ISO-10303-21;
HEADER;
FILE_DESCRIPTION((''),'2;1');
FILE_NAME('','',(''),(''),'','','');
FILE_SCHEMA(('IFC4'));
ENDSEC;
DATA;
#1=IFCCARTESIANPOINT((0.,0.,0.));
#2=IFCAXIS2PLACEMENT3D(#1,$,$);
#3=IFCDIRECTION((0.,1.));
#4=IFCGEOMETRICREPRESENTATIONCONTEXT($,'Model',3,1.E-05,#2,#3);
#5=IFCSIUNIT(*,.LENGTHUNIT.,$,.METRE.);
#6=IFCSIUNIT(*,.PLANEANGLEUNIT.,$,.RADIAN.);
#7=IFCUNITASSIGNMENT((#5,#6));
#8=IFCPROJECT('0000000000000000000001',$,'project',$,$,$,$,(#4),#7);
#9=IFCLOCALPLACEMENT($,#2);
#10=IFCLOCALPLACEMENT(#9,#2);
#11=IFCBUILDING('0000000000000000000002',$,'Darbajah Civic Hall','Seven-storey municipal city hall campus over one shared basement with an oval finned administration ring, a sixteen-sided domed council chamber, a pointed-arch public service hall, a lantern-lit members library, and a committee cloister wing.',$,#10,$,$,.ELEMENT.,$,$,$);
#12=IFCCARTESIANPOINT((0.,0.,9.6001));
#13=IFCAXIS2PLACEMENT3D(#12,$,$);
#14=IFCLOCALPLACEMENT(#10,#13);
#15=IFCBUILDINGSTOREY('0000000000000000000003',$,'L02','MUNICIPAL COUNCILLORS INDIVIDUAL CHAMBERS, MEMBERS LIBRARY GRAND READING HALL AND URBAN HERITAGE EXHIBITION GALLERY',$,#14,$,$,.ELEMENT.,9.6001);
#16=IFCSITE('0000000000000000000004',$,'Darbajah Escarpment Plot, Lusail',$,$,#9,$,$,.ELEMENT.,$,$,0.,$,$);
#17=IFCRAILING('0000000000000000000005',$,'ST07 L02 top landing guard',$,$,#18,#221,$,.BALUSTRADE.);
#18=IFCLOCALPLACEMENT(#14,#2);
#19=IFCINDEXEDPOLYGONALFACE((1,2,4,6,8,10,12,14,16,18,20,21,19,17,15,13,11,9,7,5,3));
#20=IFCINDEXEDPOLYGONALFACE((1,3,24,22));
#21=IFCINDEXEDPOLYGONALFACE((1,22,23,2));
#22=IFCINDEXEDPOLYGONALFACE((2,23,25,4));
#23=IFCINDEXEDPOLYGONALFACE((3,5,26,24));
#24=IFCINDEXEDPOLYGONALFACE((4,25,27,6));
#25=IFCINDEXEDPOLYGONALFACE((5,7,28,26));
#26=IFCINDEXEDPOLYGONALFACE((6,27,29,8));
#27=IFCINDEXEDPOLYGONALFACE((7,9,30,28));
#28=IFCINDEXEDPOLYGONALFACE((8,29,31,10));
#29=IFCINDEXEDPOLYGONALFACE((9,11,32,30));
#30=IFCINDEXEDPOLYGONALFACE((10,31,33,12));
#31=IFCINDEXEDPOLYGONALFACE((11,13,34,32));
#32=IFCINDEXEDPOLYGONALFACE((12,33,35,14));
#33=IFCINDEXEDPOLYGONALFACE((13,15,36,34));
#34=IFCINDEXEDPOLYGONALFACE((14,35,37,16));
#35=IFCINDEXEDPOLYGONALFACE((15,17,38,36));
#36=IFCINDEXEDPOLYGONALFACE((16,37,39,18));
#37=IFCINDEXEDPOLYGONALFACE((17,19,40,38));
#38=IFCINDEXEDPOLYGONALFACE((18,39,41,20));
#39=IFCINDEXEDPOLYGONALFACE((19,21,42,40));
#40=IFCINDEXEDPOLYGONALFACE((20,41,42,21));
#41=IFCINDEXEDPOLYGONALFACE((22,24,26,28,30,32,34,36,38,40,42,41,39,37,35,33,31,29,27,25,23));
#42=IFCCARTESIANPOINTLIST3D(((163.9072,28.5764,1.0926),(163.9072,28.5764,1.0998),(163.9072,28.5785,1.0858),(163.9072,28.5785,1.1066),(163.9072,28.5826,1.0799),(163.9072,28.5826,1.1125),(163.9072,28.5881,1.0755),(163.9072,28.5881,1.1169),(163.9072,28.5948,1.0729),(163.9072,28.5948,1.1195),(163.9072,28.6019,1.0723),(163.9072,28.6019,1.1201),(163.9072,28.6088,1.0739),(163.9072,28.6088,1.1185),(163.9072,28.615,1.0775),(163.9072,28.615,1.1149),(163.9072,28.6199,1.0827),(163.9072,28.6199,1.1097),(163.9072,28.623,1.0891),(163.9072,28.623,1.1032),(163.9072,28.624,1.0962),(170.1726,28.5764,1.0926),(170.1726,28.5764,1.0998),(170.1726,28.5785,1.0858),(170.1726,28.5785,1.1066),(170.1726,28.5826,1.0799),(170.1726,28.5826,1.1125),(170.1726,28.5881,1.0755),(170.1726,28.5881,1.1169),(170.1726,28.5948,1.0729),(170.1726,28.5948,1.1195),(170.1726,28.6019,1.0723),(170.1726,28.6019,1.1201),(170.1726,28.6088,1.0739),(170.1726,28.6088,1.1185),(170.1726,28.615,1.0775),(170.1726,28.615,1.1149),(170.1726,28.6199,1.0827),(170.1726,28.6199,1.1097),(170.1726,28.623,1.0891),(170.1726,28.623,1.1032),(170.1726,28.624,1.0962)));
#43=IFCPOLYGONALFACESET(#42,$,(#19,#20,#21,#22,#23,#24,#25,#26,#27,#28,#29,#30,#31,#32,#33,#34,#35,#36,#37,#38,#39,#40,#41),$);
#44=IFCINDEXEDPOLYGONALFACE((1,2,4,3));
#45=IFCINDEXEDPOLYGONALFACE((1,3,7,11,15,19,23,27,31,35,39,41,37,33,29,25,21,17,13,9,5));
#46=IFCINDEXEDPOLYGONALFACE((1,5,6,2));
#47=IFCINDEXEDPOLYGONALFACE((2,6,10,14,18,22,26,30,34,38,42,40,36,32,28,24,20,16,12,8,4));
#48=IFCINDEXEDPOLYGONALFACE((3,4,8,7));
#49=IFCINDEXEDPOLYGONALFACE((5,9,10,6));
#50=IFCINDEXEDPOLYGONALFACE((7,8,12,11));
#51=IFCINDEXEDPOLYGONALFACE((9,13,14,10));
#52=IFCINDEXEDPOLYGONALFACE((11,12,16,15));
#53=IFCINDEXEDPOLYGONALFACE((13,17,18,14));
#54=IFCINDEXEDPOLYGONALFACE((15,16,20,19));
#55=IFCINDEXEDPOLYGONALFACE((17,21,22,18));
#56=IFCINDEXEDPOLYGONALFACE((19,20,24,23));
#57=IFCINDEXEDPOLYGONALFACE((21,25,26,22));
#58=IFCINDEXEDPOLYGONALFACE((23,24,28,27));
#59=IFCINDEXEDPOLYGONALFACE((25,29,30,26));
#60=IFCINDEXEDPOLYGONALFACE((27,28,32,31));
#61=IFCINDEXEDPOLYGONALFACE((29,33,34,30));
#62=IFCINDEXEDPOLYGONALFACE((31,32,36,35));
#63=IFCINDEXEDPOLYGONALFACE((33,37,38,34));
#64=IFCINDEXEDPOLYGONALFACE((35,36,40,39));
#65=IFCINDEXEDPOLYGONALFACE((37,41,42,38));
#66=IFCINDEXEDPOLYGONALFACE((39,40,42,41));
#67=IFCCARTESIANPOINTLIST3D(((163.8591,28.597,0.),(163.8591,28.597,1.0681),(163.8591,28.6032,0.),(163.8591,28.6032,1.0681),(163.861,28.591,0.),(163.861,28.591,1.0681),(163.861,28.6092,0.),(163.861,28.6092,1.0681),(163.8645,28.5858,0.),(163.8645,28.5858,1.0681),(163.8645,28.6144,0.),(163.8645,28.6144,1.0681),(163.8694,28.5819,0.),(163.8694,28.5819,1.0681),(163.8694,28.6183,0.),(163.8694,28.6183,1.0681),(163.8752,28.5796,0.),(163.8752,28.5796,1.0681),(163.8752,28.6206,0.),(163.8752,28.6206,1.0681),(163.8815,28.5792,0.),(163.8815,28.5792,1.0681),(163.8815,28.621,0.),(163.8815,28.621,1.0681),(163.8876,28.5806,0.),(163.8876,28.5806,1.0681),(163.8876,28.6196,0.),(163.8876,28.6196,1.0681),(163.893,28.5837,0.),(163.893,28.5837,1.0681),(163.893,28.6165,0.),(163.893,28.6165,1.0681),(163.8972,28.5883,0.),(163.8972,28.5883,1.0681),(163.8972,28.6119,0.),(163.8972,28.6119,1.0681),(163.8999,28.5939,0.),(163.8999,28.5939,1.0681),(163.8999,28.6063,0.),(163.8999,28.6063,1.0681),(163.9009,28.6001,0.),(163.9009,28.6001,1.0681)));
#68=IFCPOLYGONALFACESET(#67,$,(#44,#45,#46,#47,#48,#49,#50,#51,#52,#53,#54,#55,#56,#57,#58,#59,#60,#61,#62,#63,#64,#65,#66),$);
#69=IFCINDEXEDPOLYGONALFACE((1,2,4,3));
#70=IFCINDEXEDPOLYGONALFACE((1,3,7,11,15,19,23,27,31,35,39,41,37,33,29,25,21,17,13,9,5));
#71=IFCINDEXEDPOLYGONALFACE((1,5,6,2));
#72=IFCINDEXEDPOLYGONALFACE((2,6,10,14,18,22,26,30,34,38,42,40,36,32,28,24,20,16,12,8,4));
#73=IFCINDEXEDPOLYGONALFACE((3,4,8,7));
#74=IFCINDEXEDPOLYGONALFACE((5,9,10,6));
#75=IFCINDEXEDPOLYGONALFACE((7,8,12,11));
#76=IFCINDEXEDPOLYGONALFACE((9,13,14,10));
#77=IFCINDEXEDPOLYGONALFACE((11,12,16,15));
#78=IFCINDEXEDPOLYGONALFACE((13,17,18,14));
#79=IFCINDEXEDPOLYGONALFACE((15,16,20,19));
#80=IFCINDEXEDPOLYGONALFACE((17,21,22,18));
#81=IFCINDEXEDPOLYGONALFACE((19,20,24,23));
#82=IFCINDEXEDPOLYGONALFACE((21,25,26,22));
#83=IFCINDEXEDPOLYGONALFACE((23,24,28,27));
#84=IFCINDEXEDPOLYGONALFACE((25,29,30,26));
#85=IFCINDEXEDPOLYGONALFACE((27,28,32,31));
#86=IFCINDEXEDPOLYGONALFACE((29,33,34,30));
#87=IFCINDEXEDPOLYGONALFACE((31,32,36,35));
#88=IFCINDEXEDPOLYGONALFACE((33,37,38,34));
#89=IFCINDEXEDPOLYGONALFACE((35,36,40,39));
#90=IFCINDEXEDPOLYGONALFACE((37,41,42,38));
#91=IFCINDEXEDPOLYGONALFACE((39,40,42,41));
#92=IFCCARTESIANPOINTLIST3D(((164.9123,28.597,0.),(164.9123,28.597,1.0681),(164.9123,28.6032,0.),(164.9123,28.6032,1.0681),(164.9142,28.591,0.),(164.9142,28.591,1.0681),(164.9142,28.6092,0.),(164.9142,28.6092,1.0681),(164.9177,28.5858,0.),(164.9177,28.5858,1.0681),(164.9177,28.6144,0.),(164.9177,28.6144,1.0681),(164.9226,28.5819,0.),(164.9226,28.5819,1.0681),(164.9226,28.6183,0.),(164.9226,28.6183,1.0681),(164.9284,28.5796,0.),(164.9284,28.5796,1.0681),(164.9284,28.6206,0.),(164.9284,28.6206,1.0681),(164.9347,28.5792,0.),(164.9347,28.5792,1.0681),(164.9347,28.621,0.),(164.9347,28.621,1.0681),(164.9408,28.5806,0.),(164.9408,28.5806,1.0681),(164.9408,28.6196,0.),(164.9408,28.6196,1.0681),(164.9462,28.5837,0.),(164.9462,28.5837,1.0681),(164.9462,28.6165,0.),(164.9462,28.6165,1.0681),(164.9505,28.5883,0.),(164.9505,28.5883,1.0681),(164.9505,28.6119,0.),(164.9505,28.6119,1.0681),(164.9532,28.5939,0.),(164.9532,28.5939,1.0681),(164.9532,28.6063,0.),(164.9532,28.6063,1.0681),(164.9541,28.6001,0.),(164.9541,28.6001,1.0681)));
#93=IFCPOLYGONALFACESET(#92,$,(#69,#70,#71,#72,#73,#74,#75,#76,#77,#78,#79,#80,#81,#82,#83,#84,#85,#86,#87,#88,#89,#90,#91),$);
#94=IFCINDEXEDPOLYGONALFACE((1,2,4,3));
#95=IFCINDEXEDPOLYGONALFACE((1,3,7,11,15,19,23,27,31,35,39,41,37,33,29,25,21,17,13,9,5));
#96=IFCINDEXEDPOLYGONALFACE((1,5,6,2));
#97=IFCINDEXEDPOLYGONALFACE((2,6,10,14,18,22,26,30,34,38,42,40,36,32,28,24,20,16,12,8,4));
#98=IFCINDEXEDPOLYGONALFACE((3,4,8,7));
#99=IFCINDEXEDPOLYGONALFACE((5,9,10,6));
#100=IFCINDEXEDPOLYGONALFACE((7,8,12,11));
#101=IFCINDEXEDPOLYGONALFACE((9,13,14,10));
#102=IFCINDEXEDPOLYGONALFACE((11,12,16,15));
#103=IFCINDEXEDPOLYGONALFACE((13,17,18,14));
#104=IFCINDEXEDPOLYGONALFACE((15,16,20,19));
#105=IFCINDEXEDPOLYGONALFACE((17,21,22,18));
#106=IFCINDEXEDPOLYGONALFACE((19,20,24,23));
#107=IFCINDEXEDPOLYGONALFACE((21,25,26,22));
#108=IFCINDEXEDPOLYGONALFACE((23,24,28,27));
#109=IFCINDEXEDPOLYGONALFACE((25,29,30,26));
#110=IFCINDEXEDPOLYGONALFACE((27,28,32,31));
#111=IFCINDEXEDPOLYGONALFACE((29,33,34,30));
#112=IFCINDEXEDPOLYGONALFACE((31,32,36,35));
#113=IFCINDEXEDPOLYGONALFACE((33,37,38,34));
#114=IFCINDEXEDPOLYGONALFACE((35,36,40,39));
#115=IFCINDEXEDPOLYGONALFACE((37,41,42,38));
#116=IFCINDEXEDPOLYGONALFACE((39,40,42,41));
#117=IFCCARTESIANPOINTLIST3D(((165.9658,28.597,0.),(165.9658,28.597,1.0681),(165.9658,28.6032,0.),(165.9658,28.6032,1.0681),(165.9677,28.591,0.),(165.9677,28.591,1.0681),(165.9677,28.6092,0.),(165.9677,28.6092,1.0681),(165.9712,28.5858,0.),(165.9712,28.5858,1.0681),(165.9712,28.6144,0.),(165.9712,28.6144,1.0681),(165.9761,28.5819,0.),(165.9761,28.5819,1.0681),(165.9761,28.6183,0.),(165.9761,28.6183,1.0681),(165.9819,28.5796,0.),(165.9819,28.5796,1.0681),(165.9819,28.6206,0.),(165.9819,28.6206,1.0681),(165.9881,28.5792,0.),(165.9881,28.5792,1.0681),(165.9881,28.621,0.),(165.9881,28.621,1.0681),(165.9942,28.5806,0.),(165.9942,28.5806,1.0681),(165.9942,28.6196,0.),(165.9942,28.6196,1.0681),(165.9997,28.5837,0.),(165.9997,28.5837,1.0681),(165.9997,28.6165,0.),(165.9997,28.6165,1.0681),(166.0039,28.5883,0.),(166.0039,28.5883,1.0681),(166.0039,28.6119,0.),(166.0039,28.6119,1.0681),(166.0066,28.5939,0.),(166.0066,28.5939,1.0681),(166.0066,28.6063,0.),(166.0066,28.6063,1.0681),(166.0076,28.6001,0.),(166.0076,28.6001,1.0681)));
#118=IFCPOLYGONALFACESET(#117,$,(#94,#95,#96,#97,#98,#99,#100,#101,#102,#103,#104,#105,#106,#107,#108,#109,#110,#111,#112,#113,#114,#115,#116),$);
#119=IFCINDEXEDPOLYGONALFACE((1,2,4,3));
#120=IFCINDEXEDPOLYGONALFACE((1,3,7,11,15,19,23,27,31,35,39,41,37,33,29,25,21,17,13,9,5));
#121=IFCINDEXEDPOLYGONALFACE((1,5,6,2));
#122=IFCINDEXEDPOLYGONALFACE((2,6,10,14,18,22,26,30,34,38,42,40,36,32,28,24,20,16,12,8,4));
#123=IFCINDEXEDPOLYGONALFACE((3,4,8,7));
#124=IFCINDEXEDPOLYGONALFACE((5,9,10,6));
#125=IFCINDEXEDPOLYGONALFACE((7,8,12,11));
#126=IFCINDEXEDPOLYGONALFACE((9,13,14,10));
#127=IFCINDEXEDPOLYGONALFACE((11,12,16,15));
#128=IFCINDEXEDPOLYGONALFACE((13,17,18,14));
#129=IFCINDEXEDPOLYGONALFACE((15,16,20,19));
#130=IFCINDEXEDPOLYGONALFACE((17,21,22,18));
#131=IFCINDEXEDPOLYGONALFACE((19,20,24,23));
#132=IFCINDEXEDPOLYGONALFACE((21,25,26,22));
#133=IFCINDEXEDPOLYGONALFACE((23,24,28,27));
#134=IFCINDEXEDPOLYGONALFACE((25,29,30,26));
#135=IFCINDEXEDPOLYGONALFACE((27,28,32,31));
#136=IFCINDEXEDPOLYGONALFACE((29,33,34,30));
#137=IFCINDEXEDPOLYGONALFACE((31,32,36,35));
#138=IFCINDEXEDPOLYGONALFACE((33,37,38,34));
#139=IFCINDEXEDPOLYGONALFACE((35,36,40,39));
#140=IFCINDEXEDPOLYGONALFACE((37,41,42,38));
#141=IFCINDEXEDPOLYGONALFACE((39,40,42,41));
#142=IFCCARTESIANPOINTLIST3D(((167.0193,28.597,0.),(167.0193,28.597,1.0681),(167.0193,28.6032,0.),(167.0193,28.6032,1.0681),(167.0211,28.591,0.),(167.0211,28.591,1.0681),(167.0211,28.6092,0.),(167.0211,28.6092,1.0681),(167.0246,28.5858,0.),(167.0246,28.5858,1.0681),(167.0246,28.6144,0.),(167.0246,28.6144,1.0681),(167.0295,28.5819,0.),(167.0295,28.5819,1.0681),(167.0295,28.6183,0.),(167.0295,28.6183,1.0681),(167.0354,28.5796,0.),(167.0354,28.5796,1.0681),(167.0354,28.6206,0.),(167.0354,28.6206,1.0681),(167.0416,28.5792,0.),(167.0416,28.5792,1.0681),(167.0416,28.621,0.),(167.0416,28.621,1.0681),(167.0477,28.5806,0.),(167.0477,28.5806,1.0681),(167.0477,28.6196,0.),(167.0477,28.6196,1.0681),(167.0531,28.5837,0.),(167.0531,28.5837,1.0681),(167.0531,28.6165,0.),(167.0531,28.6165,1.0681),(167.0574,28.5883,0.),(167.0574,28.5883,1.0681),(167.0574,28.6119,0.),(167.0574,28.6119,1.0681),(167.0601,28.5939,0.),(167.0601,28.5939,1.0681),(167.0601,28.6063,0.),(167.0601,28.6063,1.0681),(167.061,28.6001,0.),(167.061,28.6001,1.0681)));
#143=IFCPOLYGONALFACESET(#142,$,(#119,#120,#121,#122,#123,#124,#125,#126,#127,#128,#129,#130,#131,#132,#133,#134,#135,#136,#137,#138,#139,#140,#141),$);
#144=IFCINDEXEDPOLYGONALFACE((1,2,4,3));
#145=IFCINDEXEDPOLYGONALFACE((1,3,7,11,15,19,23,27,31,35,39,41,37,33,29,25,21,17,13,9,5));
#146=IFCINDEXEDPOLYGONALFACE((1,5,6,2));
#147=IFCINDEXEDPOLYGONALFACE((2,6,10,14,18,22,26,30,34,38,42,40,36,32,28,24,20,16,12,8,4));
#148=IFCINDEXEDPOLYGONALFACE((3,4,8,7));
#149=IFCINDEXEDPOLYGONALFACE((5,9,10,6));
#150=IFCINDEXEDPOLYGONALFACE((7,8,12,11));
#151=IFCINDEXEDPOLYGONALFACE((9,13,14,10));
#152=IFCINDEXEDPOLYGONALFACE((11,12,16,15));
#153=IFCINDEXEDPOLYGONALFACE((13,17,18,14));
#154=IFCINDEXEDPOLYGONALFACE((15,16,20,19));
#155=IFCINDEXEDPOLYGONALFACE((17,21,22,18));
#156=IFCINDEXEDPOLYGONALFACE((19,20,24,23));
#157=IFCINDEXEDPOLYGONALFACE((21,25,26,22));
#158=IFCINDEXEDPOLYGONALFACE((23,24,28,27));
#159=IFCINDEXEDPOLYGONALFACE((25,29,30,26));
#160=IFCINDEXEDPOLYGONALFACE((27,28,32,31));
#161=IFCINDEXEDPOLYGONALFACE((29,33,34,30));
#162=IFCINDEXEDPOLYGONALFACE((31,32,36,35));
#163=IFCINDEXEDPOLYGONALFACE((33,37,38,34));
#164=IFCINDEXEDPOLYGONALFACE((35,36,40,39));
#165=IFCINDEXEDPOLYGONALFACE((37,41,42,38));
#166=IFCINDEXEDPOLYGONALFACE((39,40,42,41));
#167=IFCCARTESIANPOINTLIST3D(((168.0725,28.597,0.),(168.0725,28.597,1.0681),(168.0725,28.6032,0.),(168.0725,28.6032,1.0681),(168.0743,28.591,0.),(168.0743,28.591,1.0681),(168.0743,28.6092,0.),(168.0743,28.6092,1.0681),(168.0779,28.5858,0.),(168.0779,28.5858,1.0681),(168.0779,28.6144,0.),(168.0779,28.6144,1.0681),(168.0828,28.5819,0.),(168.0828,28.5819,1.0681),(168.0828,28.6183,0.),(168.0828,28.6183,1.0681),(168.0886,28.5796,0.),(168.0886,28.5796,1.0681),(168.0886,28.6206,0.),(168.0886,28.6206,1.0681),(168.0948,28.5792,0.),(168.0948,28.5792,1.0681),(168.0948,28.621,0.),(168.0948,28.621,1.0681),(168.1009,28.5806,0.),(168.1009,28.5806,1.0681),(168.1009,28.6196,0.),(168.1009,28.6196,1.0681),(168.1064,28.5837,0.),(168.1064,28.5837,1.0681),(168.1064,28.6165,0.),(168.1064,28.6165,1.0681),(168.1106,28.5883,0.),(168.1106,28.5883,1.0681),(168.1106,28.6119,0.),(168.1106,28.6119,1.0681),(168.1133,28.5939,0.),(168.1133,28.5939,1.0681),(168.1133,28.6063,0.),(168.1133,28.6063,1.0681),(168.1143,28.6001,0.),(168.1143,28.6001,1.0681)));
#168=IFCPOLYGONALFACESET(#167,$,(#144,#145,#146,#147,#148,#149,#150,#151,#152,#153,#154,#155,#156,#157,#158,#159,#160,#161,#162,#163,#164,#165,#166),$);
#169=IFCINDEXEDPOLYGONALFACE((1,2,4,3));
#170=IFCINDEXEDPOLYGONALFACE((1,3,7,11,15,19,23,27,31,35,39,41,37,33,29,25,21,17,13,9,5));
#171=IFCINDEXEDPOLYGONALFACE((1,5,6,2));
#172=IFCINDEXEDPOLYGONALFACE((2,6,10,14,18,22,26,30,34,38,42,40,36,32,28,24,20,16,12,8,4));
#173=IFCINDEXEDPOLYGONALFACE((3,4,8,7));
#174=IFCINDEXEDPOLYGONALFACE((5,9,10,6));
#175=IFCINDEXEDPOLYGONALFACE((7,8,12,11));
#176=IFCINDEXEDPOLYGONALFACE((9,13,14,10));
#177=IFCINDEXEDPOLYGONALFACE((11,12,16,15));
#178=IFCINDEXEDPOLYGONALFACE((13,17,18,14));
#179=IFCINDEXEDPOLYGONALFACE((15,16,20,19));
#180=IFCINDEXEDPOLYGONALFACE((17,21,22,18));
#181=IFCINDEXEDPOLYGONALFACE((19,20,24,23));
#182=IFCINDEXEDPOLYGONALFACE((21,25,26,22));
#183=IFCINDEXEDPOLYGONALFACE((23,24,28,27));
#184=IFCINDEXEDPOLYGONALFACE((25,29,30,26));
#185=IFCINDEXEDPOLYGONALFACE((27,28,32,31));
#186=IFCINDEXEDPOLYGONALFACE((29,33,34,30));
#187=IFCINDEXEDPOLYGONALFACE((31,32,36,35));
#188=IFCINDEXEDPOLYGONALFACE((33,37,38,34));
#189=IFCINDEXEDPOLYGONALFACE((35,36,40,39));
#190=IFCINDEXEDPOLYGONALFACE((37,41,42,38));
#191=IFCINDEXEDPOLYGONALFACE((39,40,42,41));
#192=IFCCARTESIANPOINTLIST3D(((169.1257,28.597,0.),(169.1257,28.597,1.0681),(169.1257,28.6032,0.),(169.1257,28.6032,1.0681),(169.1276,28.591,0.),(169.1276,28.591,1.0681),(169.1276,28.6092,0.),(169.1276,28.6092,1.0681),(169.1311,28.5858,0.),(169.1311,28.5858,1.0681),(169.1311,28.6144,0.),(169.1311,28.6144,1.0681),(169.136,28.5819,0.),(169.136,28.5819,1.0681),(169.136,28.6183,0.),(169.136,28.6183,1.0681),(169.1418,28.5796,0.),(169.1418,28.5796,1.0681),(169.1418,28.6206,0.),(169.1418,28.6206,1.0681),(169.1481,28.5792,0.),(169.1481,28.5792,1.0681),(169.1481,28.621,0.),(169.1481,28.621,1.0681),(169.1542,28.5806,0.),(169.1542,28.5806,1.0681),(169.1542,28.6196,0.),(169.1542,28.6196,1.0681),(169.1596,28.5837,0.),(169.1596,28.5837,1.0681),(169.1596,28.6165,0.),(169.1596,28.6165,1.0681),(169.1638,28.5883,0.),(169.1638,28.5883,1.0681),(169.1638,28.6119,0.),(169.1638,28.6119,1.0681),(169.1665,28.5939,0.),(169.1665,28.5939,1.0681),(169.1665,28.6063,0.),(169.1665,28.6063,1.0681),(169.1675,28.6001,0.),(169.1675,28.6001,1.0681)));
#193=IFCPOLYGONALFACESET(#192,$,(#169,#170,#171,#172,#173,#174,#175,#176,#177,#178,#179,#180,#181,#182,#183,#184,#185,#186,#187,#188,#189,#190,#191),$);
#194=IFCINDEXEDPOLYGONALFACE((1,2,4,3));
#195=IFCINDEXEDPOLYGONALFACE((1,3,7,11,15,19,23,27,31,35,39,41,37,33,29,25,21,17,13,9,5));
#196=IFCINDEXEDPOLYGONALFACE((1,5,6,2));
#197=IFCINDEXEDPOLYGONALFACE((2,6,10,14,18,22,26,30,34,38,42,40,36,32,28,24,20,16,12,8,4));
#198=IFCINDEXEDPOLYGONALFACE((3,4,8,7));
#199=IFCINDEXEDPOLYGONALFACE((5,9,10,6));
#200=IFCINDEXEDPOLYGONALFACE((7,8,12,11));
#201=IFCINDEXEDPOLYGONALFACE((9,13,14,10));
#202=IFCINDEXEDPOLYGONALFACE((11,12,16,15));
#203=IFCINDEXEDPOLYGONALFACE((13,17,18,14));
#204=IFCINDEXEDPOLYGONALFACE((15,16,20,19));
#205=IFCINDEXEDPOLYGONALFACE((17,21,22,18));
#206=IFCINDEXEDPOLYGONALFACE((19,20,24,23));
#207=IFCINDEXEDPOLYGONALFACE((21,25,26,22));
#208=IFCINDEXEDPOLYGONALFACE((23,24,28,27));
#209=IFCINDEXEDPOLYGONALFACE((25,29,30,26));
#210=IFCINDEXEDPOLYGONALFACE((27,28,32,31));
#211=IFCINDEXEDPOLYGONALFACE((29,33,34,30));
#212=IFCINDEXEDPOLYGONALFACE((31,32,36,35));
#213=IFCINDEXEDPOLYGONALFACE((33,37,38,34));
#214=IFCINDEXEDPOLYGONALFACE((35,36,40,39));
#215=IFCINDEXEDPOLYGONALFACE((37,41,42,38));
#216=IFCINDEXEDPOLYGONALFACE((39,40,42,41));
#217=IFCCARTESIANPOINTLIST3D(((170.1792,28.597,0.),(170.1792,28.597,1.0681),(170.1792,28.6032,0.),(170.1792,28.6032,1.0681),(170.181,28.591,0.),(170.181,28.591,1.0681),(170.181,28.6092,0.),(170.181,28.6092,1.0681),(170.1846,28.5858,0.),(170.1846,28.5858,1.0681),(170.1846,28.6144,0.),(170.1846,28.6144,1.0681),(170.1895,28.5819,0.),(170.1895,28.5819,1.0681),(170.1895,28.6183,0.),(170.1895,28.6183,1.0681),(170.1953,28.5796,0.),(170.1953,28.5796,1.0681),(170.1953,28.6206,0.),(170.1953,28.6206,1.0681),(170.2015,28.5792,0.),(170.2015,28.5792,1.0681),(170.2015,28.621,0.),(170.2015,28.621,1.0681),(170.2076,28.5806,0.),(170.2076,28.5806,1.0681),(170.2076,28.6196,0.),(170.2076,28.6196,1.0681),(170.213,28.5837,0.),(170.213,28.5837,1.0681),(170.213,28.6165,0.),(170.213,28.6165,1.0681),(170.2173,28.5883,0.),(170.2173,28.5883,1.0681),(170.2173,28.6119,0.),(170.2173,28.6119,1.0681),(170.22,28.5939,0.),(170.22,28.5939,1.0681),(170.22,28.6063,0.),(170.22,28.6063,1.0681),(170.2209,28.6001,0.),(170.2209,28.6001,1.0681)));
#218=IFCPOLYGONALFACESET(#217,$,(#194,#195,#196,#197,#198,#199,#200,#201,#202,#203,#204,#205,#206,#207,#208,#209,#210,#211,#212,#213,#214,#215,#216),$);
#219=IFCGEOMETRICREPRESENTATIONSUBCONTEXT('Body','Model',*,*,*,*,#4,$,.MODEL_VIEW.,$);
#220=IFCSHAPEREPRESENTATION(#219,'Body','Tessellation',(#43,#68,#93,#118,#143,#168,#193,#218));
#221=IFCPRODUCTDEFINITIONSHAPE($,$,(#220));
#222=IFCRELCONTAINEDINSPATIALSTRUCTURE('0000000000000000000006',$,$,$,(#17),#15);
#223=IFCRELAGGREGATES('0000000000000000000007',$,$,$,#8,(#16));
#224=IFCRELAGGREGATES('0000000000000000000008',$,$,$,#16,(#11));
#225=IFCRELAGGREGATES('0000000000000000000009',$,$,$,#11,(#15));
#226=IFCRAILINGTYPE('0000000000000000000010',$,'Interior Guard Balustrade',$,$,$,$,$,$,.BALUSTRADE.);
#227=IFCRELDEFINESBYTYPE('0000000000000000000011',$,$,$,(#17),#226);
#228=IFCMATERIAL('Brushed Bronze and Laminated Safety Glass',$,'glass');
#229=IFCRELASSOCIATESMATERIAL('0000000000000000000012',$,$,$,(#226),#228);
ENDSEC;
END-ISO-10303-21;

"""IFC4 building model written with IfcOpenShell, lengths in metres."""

from ifc_helpers import new_model, si_unit, direction, frame, origin, origin_2d, place, context, subcontext, project, spatial, circle, extrude, material, type_object, element, save


model = new_model("IFC4")

# Units and contexts
model_context = context("Model", 3, precision=1e-05, world=origin(), true_north=direction((0.0, 1.0)))
body_context = subcontext(model_context, "Body", "Model", "MODEL_VIEW")
ifc_project = project(units=[si_unit("LENGTHUNIT", "METRE"), si_unit("PLANEANGLEUNIT", "RADIAN")], contexts=[model_context])

# Site, building, storey
site_placement = place(None, origin())
site = spatial("IfcSite", under=ifc_project, at=site_placement, Name="Darbajah Escarpment Plot, Lusail", CompositionType="ELEMENT", RefElevation=0.0)
building_placement = place(site_placement, origin())
building = spatial("IfcBuilding", under=site, at=building_placement, Name="Darbajah Civic Hall", Description="Seven-storey municipal city hall campus over one shared basement with an oval finned administration ring, a sixteen-sided domed council chamber, a pointed-arch public service hall, a lantern-lit members library, and a committee cloister wing.", CompositionType="ELEMENT")
storey_placement = place(building_placement, frame((0.0, 0.0, 9.6001)))
storey = spatial("IfcBuildingStorey", under=building, at=storey_placement, Name="L02", Description="MUNICIPAL COUNCILLORS INDIVIDUAL CHAMBERS, MEMBERS LIBRARY GRAND READING HALL AND URBAN HERITAGE EXHIBITION GALLERY", CompositionType="ELEMENT", Elevation=9.6001)

# Railing
ifc_material_1 = material(Name="Brushed Bronze and Laminated Safety Glass", Category="glass")
railing_type = type_object("IfcRailingType", Name="Interior Guard Balustrade", PredefinedType="BALUSTRADE", material=ifc_material_1)
railing_1_placement = place(storey_placement, frame((163.8799, 28.6001, 0.0)))
element("IfcRailing", 1, at=railing_1_placement, inside=storey, type_object=railing_type, Name="ST07 L02 top landing guard", PredefinedType="BALUSTRADE", context=body_context, shape_type="SweptSolid", body=[
    extrude(circle(Radius=0.0239, at=origin_2d()), frame((0.0273, 0.0, 1.0962), z_axis=(1.0, 0.0, 0.0), x_axis=(0.0, 1.0, 0.0)), (0.0, 0.0, 1.0), 6.2654),
    extrude(circle(Radius=0.021, at=origin_2d()), origin(), (0.0, 0.0, 1.0), 1.0681),
    extrude(circle(Radius=0.021, at=origin_2d()), frame((1.0532, 0.0, 0.0)), (0.0, 0.0, 1.0), 1.0681),
    extrude(circle(Radius=0.021, at=origin_2d()), frame((2.1067, 0.0, 0.0)), (0.0, 0.0, 1.0), 1.0681),
    extrude(circle(Radius=0.021, at=origin_2d()), frame((3.1602, 0.0, 0.0)), (0.0, 0.0, 1.0), 1.0681),
    extrude(circle(Radius=0.021, at=origin_2d()), frame((4.2134, 0.0, 0.0)), (0.0, 0.0, 1.0), 1.0681),
    extrude(circle(Radius=0.021, at=origin_2d()), frame((5.2666, 0.0, 0.0)), (0.0, 0.0, 1.0), 1.0681),
    extrude(circle(Radius=0.021, at=origin_2d()), frame((6.3201, 0.0, 0.0)), (0.0, 0.0, 1.0), 1.0681),
])

save(model, "model.ifc")
